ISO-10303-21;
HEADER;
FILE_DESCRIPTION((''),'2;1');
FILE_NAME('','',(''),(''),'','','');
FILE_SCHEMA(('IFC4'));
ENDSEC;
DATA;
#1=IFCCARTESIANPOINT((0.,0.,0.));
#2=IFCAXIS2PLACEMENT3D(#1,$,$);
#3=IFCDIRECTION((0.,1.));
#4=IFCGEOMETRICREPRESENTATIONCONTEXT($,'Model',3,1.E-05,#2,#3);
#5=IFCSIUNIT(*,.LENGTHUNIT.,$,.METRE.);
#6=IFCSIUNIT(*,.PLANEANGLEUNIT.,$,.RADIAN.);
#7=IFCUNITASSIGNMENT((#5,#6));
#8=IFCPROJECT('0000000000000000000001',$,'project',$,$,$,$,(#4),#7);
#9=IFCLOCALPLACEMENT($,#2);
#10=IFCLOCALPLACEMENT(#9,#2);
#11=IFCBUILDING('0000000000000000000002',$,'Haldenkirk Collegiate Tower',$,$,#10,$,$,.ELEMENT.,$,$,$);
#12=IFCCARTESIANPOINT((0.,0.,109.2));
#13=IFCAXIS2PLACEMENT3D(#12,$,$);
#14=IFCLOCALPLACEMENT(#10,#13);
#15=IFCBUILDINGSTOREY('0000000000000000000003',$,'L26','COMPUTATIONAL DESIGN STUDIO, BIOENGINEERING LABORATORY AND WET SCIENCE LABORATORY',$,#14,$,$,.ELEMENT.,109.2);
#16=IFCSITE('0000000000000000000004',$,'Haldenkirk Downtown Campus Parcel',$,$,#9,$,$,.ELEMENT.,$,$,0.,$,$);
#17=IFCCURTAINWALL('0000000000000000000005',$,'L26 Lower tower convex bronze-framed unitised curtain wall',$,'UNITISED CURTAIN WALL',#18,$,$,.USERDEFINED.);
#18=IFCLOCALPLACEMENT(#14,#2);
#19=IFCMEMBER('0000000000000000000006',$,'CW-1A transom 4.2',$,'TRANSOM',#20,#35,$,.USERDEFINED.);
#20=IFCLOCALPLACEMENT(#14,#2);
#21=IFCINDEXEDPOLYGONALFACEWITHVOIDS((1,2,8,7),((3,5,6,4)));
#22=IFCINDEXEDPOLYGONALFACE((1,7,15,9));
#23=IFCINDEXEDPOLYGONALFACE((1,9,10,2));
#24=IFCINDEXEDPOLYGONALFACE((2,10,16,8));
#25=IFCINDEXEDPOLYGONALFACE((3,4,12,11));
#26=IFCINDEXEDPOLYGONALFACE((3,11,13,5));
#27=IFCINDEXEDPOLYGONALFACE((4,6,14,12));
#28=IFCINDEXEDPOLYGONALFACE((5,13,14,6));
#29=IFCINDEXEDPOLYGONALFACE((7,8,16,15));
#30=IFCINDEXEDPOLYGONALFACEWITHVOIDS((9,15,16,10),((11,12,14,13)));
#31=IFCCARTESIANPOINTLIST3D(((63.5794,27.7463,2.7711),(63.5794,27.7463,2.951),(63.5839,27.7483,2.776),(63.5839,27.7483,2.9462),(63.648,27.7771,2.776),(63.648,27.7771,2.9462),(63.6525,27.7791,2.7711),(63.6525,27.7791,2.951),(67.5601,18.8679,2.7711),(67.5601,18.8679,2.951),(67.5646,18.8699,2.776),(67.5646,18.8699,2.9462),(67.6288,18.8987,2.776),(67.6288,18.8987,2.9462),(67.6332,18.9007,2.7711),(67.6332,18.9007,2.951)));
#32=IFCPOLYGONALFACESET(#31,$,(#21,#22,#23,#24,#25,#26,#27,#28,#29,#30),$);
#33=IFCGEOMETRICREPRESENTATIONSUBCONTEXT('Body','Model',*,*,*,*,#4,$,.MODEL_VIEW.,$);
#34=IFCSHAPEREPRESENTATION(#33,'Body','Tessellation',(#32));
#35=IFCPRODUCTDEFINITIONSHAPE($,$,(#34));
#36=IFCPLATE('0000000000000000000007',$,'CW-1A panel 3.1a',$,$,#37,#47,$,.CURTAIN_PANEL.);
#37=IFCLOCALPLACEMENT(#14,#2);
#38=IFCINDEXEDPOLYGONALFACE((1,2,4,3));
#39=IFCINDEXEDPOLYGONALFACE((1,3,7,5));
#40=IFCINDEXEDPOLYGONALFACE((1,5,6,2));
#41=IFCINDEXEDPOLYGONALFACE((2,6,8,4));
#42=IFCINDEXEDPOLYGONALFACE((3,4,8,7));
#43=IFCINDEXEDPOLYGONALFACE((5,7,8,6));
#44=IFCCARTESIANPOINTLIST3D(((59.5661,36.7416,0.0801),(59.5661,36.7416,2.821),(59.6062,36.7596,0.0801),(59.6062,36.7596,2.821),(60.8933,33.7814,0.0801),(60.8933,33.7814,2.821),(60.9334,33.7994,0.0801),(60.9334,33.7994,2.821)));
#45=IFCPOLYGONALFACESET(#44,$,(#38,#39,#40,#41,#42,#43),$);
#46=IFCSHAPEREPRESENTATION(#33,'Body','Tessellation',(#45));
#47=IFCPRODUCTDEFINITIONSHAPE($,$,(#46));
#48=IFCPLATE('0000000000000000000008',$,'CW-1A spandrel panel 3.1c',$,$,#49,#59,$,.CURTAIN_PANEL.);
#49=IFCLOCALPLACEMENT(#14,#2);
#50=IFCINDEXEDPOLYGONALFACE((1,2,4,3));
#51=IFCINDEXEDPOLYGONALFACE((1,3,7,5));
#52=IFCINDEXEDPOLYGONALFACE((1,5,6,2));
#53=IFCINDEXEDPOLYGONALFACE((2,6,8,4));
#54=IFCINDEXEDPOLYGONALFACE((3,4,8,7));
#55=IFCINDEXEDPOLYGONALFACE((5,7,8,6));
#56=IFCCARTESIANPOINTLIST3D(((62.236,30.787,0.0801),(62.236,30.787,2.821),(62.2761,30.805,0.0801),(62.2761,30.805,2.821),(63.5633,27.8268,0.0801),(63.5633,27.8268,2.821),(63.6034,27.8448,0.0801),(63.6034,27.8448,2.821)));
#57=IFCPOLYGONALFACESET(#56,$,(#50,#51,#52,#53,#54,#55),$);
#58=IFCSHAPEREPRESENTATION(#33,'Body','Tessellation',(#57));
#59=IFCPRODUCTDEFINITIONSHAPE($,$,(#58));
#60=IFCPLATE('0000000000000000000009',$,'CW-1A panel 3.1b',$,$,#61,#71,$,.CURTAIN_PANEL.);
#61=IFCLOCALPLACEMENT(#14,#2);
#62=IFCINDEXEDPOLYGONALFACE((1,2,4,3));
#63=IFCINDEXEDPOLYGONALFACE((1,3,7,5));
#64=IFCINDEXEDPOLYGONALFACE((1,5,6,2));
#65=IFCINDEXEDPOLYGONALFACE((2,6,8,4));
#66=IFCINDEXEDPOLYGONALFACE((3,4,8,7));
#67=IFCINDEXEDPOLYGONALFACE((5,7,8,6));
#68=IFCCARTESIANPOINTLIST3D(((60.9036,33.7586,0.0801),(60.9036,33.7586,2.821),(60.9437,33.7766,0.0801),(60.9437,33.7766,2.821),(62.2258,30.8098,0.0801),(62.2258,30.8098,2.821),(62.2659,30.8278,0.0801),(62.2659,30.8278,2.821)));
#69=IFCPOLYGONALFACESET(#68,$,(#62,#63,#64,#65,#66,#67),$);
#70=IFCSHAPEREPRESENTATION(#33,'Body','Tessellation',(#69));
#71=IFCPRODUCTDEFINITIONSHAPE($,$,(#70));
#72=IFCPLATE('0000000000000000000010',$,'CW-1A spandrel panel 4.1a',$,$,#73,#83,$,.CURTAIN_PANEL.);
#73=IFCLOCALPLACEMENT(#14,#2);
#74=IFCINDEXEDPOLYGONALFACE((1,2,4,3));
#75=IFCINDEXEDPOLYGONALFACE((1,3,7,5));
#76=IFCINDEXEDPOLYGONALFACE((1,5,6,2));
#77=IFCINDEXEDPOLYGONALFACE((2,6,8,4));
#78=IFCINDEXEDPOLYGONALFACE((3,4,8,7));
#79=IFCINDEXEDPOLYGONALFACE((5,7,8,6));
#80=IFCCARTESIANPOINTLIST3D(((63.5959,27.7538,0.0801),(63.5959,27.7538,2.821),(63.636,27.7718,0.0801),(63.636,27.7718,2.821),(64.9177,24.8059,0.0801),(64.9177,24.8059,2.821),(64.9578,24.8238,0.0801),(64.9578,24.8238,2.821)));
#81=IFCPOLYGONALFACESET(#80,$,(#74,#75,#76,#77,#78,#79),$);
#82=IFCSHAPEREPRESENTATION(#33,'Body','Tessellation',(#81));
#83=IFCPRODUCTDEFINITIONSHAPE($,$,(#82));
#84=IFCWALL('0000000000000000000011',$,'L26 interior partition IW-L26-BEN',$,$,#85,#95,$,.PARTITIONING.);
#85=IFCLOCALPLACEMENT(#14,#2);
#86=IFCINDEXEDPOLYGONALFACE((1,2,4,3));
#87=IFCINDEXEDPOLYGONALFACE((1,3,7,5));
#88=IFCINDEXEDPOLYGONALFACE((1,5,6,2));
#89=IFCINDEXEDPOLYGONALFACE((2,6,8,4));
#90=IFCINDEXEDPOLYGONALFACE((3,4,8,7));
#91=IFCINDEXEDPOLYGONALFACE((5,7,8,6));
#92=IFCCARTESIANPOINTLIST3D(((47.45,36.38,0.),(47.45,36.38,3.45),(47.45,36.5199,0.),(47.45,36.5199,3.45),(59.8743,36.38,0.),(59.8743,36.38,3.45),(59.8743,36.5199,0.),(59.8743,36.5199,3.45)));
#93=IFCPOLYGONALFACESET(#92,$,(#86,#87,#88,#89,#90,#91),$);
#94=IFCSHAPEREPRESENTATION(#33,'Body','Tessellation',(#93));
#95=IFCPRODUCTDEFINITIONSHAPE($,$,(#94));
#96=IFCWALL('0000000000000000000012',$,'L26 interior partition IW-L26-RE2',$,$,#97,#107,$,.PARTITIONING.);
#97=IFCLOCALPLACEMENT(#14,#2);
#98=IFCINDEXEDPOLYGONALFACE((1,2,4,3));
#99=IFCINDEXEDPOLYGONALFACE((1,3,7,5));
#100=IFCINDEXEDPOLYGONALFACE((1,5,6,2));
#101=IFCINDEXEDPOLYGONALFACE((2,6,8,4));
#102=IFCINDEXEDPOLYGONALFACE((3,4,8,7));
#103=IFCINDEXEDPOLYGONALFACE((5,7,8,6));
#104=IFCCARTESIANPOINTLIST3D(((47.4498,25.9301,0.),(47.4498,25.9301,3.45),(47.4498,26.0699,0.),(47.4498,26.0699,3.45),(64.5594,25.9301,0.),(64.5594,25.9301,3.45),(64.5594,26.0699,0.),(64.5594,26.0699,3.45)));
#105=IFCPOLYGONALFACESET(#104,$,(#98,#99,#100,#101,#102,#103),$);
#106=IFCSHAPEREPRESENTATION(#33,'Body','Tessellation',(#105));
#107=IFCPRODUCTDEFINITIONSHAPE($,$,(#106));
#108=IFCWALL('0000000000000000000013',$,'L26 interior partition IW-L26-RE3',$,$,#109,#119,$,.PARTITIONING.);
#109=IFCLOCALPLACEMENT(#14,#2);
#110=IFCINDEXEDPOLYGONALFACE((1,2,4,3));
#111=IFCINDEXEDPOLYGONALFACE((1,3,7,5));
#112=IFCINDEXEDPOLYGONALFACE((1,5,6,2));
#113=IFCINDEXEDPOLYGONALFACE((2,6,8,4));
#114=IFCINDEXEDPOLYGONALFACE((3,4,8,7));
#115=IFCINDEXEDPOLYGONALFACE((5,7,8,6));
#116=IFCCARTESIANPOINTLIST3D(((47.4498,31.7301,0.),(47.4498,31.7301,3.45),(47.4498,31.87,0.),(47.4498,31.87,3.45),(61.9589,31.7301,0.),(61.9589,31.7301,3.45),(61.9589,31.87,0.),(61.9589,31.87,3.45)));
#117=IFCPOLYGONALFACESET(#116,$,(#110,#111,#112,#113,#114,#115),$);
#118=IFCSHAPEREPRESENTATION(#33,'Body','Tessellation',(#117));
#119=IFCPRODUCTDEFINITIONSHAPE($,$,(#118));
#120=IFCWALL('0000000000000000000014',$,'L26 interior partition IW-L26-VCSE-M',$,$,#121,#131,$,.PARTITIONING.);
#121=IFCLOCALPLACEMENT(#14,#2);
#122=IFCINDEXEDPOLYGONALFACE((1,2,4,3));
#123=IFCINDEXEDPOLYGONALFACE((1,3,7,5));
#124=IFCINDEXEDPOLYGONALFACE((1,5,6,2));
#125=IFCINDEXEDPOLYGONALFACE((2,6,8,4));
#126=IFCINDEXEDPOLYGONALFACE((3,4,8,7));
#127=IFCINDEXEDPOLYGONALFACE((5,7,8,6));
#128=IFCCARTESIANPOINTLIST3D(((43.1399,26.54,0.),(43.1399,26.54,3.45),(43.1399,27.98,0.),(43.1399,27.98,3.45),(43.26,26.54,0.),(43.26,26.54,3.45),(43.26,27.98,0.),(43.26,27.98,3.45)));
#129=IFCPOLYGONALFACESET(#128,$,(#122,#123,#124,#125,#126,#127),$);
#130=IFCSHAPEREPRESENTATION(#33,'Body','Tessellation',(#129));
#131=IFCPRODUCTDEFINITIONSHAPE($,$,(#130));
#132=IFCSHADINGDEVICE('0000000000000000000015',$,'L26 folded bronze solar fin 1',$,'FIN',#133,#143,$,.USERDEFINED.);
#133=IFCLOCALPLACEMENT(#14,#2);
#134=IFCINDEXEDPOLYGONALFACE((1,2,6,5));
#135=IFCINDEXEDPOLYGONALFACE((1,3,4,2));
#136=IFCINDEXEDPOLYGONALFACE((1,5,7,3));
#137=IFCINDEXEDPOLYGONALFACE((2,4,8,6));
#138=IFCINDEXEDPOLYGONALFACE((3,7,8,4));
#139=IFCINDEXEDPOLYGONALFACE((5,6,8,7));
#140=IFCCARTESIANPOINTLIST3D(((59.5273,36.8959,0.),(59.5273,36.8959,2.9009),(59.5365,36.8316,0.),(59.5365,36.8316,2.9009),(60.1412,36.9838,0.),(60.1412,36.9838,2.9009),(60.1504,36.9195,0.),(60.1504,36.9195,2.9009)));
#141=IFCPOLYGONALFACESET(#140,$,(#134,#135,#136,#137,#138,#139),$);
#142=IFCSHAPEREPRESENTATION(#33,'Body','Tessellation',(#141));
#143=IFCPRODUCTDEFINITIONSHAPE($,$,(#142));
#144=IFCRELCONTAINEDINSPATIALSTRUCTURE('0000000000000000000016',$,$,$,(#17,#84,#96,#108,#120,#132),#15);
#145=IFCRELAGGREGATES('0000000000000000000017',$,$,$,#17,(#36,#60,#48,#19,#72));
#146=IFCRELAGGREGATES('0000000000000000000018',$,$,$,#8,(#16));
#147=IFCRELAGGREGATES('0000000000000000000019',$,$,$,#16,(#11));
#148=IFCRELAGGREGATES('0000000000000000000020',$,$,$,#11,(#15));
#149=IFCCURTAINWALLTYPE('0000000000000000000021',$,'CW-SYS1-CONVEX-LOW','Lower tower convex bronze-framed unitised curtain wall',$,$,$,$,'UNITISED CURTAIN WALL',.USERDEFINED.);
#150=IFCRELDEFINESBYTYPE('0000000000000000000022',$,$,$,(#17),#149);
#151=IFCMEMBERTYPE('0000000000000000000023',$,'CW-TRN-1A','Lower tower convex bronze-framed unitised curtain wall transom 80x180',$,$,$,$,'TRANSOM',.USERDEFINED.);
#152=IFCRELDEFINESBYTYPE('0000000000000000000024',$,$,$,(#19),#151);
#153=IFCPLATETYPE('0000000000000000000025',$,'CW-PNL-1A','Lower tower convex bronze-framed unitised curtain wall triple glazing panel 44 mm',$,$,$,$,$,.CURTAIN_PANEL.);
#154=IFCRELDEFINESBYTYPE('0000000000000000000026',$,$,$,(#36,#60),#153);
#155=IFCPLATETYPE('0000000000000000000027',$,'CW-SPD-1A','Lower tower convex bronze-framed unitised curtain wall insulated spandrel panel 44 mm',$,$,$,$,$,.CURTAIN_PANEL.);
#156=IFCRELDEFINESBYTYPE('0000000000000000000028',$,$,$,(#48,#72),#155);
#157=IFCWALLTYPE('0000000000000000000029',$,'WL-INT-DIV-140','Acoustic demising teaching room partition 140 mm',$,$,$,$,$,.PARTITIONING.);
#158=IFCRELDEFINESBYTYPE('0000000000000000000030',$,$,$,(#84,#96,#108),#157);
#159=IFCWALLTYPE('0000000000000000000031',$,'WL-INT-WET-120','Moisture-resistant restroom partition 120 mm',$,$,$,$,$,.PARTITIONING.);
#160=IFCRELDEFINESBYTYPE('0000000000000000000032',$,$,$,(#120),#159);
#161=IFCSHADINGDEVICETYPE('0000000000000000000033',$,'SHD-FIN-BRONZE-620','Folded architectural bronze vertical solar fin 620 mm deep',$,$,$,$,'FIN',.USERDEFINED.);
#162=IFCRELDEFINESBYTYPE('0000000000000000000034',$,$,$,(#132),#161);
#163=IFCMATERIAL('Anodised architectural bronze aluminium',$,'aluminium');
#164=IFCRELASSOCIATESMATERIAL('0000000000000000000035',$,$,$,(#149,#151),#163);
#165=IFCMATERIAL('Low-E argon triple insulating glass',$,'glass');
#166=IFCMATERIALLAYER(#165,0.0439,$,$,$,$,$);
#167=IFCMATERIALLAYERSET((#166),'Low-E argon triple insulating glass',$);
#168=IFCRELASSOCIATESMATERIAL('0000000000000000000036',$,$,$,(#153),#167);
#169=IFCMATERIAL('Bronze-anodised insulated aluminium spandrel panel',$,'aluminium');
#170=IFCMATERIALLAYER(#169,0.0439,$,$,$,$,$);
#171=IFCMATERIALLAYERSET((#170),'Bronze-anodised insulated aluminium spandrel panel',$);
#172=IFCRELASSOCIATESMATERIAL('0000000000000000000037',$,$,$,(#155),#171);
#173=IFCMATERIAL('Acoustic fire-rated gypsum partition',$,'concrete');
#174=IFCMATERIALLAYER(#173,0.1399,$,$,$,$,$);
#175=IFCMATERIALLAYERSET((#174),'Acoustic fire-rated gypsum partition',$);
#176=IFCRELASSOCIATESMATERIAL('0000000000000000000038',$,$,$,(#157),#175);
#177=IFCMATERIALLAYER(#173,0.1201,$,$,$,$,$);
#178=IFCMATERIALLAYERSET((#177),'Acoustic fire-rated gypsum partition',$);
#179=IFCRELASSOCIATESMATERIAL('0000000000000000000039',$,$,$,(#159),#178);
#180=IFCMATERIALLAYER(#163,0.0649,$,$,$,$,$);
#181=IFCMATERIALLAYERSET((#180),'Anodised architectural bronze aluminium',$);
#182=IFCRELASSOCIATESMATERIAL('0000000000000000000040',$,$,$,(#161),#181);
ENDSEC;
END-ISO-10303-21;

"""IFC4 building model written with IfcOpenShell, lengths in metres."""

from ifc_helpers import new_model, si_unit, direction, frame, frame_2d, origin, origin_2d, place, context, subcontext, project, spatial, rectangle, hollow_rectangle, extrude, source, transform, mapped, material, layer, layer_set, material_profile, profile_set, type_object, element, aggregate, save


model = new_model("IFC4")

# Units and contexts
model_context = context("Model", 3, precision=1e-05, world=origin(), true_north=direction((0.0, 1.0)))
body_context = subcontext(model_context, "Body", "Model", "MODEL_VIEW")
ifc_project = project(units=[si_unit("LENGTHUNIT", "METRE"), si_unit("PLANEANGLEUNIT", "RADIAN")], contexts=[model_context])

# Site, building, storey
site_placement = place(None, origin())
site = spatial("IfcSite", under=ifc_project, at=site_placement, Name="Haldenkirk Downtown Campus Parcel", CompositionType="ELEMENT", RefElevation=0.0)
building_placement = place(site_placement, origin())
building = spatial("IfcBuilding", under=site, at=building_placement, Name="Haldenkirk Collegiate Tower", CompositionType="ELEMENT")
storey_placement = place(building_placement, frame((0.0, 0.0, 109.2)))
storey = spatial("IfcBuildingStorey", under=building, at=storey_placement, Name="L26", Description="COMPUTATIONAL DESIGN STUDIO, BIOENGINEERING LABORATORY AND WET SCIENCE LABORATORY", CompositionType="ELEMENT", Elevation=109.2)

# Curtain wall, member, plates
ifc_material_1 = material(Name="Anodised architectural bronze aluminium", Category="aluminium")
curtain_wall_type = type_object("IfcCurtainWallType", Name="CW-SYS1-CONVEX-LOW", Description="Lower tower convex bronze-framed unitised curtain wall", ElementType="UNITISED CURTAIN WALL", PredefinedType="USERDEFINED", material=ifc_material_1)
curtain_wall_placement = place(storey_placement, origin())
curtain_wall = element("IfcCurtainWall", 1, at=curtain_wall_placement, inside=storey, type_object=curtain_wall_type, Name="L26 Lower tower convex bronze-framed unitised curtain wall", ObjectType="UNITISED CURTAIN WALL", PredefinedType="USERDEFINED")
ifc_material_profile_1 = material_profile(ifc_material_1, hollow_rectangle(XDim=0.0801, YDim=0.1799, WallThickness=0.0049, at=origin_2d()), Name="CW-TRN-1A")
ifc_profile_set_1 = profile_set([ifc_material_profile_1], Name="Anodised architectural bronze aluminium")
member_type_1 = type_object("IfcMemberType", Name="CW-TRN-1A", Description="Lower tower convex bronze-framed unitised curtain wall transom 80x180", ElementType="TRANSOM", PredefinedType="USERDEFINED", material=ifc_profile_set_1)
member_1_placement = place(storey_placement, frame((63.616, 27.7627, 2.8611), z_axis=(0.409119, -0.912481, 0.0), x_axis=(0.912481, 0.409119, 0.0)))
member_1 = element("IfcMember", 2, at=member_1_placement, type_object=member_type_1, Name="CW-1A transom 4.2", ObjectType="TRANSOM", PredefinedType="USERDEFINED", context=body_context, shape_type="SweptSolid", body=[
    extrude(hollow_rectangle(XDim=0.0801, YDim=0.1799, WallThickness=0.0049, at=origin_2d()), origin(), (0.0, 0.0, 1.0), 9.73),
])
ifc_material_2 = material(Name="Low-E argon triple insulating glass", Category="glass")
ifc_layer_1 = layer(ifc_material_2, 0.0439)
ifc_layer_set_1 = layer_set([ifc_layer_1], Name="Low-E argon triple insulating glass")
plate_type_1 = type_object("IfcPlateType", Name="CW-PNL-1A", Description="Lower tower convex bronze-framed unitised curtain wall triple glazing panel 44 mm", PredefinedType="CURTAIN_PANEL", material=ifc_layer_set_1)
shared_shape_1 = source(origin(), body_context, "Body", "SweptSolid", [
    extrude(rectangle(XDim=3.2441, YDim=0.0439, at=origin_2d()), origin(), (0.0, 0.0, 1.0), 2.741),
])
plate_1_placement = place(storey_placement, frame((60.2498, 35.2705, 0.0801), z_axis=(0.0, 0.0, 1.0), x_axis=(0.409129, -0.912476, 0.0)))
plate_1 = element("IfcPlate", 3, at=plate_1_placement, type_object=plate_type_1, Name="CW-1A panel 3.1a", PredefinedType="CURTAIN_PANEL", context=body_context, shape_type="MappedRepresentation", body=[
    mapped(shared_shape_1, transform((0.0, 0.0, 0.0), x_axis=(1.0, 0.0, 0.0), y_axis=(0.0, 1.0, 0.0), z_axis=(0.0, 0.0, 1.0), scale=1.0)),
])
ifc_material_3 = material(Name="Bronze-anodised insulated aluminium spandrel panel", Category="aluminium")
ifc_layer_2 = layer(ifc_material_3, 0.0439)
ifc_layer_set_2 = layer_set([ifc_layer_2], Name="Bronze-anodised insulated aluminium spandrel panel")
plate_type_2 = type_object("IfcPlateType", Name="CW-SPD-1A", Description="Lower tower convex bronze-framed unitised curtain wall insulated spandrel panel 44 mm", PredefinedType="CURTAIN_PANEL", material=ifc_layer_set_2)
plate_2_placement = place(storey_placement, frame((62.9197, 29.3159, 0.0801), z_axis=(0.0, 0.0, 1.0), x_axis=(0.409129, -0.912476, 0.0)))
plate_2 = element("IfcPlate", 4, at=plate_2_placement, type_object=plate_type_2, Name="CW-1A spandrel panel 3.1c", PredefinedType="CURTAIN_PANEL", context=body_context, shape_type="MappedRepresentation", body=[
    mapped(shared_shape_1, transform((0.0, 0.0, 0.0), x_axis=(1.0, 0.0, 0.0), y_axis=(0.0, 1.0, 0.0), z_axis=(0.0, 0.0, 1.0), scale=1.0)),
])
shared_shape_2 = source(origin(), body_context, "Body", "SweptSolid", [
    extrude(rectangle(XDim=3.2317, YDim=0.0439, at=origin_2d()), origin(), (0.0, 0.0, 1.0), 2.741),
])
plate_3_placement = place(storey_placement, frame((61.5847, 32.2932, 0.0801), z_axis=(0.0, 0.0, 1.0), x_axis=(0.409129, -0.912476, 0.0)))
plate_3 = element("IfcPlate", 5, at=plate_3_placement, type_object=plate_type_1, Name="CW-1A panel 3.1b", PredefinedType="CURTAIN_PANEL", context=body_context, shape_type="MappedRepresentation", body=[
    mapped(shared_shape_2, transform((0.0, 0.0, 0.0), x_axis=(1.0, 0.0, 0.0), y_axis=(0.0, 1.0, 0.0), z_axis=(0.0, 0.0, 1.0), scale=1.0)),
])
shared_shape_3 = source(origin(), body_context, "Body", "SweptSolid", [
    extrude(rectangle(XDim=3.2307, YDim=0.0439, at=origin_2d()), origin(), (0.0, 0.0, 1.0), 2.741),
])
plate_4_placement = place(storey_placement, frame((64.2769, 26.2888, 0.0801), z_axis=(0.0, 0.0, 1.0), x_axis=(0.409129, -0.912476, 0.0)))
plate_4 = element("IfcPlate", 6, at=plate_4_placement, type_object=plate_type_2, Name="CW-1A spandrel panel 4.1a", PredefinedType="CURTAIN_PANEL", context=body_context, shape_type="MappedRepresentation", body=[
    mapped(shared_shape_3, transform((0.0, 0.0, 0.0), x_axis=(1.0, 0.0, 0.0), y_axis=(0.0, 1.0, 0.0), z_axis=(0.0, 0.0, 1.0), scale=1.0)),
])
aggregate(curtain_wall, [plate_1, plate_3, plate_2, member_1, plate_4])

# Walls
ifc_material_4 = material(Name="Acoustic fire-rated gypsum partition", Category="concrete")
ifc_layer_3 = layer(ifc_material_4, 0.1399)
ifc_layer_set_3 = layer_set([ifc_layer_3], Name="Acoustic fire-rated gypsum partition")
wall_type_1 = type_object("IfcWallType", Name="WL-INT-DIV-140", Description="Acoustic demising teaching room partition 140 mm", PredefinedType="PARTITIONING", material=ifc_layer_set_3)
wall_1_placement = place(storey_placement, frame((47.45, 36.45, 0.0), z_axis=(0.0, 0.0, 1.0), x_axis=(1.0, 0.0, 0.0)))
element("IfcWall", 7, at=wall_1_placement, inside=storey, type_object=wall_type_1, Name="L26 interior partition IW-L26-BEN", PredefinedType="PARTITIONING", context=body_context, shape_type="SweptSolid", body=[
    extrude(rectangle(XDim=12.4243, YDim=0.1399, at=frame_2d((6.2122, 0.0))), origin(), (0.0, 0.0, 1.0), 3.45),
])
wall_2_placement = place(storey_placement, frame((47.45, 26.0, 0.0), z_axis=(0.0, 0.0, 1.0), x_axis=(1.0, 0.0, 0.0)))
element("IfcWall", 8, at=wall_2_placement, inside=storey, type_object=wall_type_1, Name="L26 interior partition IW-L26-RE2", PredefinedType="PARTITIONING", context=body_context, shape_type="SweptSolid", body=[
    extrude(rectangle(XDim=17.1096, YDim=0.1399, at=frame_2d((8.5547, 0.0))), origin(), (0.0, 0.0, 1.0), 3.45),
])
wall_3_placement = place(storey_placement, frame((47.45, 31.8, 0.0), z_axis=(0.0, 0.0, 1.0), x_axis=(1.0, 0.0, 0.0)))
element("IfcWall", 9, at=wall_3_placement, inside=storey, type_object=wall_type_1, Name="L26 interior partition IW-L26-RE3", PredefinedType="PARTITIONING", context=body_context, shape_type="SweptSolid", body=[
    extrude(rectangle(XDim=14.509, YDim=0.1399, at=frame_2d((7.2544, 0.0))), origin(), (0.0, 0.0, 1.0), 3.45),
])
ifc_layer_4 = layer(ifc_material_4, 0.1201)
ifc_layer_set_4 = layer_set([ifc_layer_4], Name="Acoustic fire-rated gypsum partition")
wall_type_2 = type_object("IfcWallType", Name="WL-INT-WET-120", Description="Moisture-resistant restroom partition 120 mm", PredefinedType="PARTITIONING", material=ifc_layer_set_4)
wall_4_placement = place(storey_placement, frame((43.2, 26.54, 0.0), z_axis=(0.0, 0.0, 1.0), x_axis=(0.0, 1.0, 0.0)))
element("IfcWall", 10, at=wall_4_placement, inside=storey, type_object=wall_type_2, Name="L26 interior partition IW-L26-VCSE-M", PredefinedType="PARTITIONING", context=body_context, shape_type="SweptSolid", body=[
    extrude(rectangle(XDim=1.4399, YDim=0.1201, at=frame_2d((0.72, 0.0))), origin(), (0.0, 0.0, 1.0), 3.45),
])

# Shading device
ifc_layer_5 = layer(ifc_material_1, 0.0649)
ifc_layer_set_5 = layer_set([ifc_layer_5], Name="Anodised architectural bronze aluminium")
shading_device_type = type_object("IfcShadingDeviceType", Name="SHD-FIN-BRONZE-620", Description="Folded architectural bronze vertical solar fin 620 mm deep", ElementType="FIN", PredefinedType="USERDEFINED", material=ifc_layer_set_5)
shared_shape_4 = source(origin(), body_context, "Body", "SweptSolid", [
    extrude(rectangle(XDim=0.6201, YDim=0.0649, at=origin_2d()), origin(), (0.0, 0.0, 1.0), 2.9009),
])
shading_device_placement = place(storey_placement, frame((59.8389, 36.9077, 0.0), z_axis=(0.0, 0.0, 1.0), x_axis=(0.9899, 0.141765, 0.0)))
element("IfcShadingDevice", 11, at=shading_device_placement, inside=storey, type_object=shading_device_type, Name="L26 folded bronze solar fin 1", ObjectType="FIN", PredefinedType="USERDEFINED", context=body_context, shape_type="MappedRepresentation", body=[
    mapped(shared_shape_4, transform((0.0, 0.0, 0.0), x_axis=(1.0, 0.0, 0.0), y_axis=(0.0, 1.0, 0.0), z_axis=(0.0, 0.0, 1.0), scale=1.0)),
])

save(model, "model.ifc")
